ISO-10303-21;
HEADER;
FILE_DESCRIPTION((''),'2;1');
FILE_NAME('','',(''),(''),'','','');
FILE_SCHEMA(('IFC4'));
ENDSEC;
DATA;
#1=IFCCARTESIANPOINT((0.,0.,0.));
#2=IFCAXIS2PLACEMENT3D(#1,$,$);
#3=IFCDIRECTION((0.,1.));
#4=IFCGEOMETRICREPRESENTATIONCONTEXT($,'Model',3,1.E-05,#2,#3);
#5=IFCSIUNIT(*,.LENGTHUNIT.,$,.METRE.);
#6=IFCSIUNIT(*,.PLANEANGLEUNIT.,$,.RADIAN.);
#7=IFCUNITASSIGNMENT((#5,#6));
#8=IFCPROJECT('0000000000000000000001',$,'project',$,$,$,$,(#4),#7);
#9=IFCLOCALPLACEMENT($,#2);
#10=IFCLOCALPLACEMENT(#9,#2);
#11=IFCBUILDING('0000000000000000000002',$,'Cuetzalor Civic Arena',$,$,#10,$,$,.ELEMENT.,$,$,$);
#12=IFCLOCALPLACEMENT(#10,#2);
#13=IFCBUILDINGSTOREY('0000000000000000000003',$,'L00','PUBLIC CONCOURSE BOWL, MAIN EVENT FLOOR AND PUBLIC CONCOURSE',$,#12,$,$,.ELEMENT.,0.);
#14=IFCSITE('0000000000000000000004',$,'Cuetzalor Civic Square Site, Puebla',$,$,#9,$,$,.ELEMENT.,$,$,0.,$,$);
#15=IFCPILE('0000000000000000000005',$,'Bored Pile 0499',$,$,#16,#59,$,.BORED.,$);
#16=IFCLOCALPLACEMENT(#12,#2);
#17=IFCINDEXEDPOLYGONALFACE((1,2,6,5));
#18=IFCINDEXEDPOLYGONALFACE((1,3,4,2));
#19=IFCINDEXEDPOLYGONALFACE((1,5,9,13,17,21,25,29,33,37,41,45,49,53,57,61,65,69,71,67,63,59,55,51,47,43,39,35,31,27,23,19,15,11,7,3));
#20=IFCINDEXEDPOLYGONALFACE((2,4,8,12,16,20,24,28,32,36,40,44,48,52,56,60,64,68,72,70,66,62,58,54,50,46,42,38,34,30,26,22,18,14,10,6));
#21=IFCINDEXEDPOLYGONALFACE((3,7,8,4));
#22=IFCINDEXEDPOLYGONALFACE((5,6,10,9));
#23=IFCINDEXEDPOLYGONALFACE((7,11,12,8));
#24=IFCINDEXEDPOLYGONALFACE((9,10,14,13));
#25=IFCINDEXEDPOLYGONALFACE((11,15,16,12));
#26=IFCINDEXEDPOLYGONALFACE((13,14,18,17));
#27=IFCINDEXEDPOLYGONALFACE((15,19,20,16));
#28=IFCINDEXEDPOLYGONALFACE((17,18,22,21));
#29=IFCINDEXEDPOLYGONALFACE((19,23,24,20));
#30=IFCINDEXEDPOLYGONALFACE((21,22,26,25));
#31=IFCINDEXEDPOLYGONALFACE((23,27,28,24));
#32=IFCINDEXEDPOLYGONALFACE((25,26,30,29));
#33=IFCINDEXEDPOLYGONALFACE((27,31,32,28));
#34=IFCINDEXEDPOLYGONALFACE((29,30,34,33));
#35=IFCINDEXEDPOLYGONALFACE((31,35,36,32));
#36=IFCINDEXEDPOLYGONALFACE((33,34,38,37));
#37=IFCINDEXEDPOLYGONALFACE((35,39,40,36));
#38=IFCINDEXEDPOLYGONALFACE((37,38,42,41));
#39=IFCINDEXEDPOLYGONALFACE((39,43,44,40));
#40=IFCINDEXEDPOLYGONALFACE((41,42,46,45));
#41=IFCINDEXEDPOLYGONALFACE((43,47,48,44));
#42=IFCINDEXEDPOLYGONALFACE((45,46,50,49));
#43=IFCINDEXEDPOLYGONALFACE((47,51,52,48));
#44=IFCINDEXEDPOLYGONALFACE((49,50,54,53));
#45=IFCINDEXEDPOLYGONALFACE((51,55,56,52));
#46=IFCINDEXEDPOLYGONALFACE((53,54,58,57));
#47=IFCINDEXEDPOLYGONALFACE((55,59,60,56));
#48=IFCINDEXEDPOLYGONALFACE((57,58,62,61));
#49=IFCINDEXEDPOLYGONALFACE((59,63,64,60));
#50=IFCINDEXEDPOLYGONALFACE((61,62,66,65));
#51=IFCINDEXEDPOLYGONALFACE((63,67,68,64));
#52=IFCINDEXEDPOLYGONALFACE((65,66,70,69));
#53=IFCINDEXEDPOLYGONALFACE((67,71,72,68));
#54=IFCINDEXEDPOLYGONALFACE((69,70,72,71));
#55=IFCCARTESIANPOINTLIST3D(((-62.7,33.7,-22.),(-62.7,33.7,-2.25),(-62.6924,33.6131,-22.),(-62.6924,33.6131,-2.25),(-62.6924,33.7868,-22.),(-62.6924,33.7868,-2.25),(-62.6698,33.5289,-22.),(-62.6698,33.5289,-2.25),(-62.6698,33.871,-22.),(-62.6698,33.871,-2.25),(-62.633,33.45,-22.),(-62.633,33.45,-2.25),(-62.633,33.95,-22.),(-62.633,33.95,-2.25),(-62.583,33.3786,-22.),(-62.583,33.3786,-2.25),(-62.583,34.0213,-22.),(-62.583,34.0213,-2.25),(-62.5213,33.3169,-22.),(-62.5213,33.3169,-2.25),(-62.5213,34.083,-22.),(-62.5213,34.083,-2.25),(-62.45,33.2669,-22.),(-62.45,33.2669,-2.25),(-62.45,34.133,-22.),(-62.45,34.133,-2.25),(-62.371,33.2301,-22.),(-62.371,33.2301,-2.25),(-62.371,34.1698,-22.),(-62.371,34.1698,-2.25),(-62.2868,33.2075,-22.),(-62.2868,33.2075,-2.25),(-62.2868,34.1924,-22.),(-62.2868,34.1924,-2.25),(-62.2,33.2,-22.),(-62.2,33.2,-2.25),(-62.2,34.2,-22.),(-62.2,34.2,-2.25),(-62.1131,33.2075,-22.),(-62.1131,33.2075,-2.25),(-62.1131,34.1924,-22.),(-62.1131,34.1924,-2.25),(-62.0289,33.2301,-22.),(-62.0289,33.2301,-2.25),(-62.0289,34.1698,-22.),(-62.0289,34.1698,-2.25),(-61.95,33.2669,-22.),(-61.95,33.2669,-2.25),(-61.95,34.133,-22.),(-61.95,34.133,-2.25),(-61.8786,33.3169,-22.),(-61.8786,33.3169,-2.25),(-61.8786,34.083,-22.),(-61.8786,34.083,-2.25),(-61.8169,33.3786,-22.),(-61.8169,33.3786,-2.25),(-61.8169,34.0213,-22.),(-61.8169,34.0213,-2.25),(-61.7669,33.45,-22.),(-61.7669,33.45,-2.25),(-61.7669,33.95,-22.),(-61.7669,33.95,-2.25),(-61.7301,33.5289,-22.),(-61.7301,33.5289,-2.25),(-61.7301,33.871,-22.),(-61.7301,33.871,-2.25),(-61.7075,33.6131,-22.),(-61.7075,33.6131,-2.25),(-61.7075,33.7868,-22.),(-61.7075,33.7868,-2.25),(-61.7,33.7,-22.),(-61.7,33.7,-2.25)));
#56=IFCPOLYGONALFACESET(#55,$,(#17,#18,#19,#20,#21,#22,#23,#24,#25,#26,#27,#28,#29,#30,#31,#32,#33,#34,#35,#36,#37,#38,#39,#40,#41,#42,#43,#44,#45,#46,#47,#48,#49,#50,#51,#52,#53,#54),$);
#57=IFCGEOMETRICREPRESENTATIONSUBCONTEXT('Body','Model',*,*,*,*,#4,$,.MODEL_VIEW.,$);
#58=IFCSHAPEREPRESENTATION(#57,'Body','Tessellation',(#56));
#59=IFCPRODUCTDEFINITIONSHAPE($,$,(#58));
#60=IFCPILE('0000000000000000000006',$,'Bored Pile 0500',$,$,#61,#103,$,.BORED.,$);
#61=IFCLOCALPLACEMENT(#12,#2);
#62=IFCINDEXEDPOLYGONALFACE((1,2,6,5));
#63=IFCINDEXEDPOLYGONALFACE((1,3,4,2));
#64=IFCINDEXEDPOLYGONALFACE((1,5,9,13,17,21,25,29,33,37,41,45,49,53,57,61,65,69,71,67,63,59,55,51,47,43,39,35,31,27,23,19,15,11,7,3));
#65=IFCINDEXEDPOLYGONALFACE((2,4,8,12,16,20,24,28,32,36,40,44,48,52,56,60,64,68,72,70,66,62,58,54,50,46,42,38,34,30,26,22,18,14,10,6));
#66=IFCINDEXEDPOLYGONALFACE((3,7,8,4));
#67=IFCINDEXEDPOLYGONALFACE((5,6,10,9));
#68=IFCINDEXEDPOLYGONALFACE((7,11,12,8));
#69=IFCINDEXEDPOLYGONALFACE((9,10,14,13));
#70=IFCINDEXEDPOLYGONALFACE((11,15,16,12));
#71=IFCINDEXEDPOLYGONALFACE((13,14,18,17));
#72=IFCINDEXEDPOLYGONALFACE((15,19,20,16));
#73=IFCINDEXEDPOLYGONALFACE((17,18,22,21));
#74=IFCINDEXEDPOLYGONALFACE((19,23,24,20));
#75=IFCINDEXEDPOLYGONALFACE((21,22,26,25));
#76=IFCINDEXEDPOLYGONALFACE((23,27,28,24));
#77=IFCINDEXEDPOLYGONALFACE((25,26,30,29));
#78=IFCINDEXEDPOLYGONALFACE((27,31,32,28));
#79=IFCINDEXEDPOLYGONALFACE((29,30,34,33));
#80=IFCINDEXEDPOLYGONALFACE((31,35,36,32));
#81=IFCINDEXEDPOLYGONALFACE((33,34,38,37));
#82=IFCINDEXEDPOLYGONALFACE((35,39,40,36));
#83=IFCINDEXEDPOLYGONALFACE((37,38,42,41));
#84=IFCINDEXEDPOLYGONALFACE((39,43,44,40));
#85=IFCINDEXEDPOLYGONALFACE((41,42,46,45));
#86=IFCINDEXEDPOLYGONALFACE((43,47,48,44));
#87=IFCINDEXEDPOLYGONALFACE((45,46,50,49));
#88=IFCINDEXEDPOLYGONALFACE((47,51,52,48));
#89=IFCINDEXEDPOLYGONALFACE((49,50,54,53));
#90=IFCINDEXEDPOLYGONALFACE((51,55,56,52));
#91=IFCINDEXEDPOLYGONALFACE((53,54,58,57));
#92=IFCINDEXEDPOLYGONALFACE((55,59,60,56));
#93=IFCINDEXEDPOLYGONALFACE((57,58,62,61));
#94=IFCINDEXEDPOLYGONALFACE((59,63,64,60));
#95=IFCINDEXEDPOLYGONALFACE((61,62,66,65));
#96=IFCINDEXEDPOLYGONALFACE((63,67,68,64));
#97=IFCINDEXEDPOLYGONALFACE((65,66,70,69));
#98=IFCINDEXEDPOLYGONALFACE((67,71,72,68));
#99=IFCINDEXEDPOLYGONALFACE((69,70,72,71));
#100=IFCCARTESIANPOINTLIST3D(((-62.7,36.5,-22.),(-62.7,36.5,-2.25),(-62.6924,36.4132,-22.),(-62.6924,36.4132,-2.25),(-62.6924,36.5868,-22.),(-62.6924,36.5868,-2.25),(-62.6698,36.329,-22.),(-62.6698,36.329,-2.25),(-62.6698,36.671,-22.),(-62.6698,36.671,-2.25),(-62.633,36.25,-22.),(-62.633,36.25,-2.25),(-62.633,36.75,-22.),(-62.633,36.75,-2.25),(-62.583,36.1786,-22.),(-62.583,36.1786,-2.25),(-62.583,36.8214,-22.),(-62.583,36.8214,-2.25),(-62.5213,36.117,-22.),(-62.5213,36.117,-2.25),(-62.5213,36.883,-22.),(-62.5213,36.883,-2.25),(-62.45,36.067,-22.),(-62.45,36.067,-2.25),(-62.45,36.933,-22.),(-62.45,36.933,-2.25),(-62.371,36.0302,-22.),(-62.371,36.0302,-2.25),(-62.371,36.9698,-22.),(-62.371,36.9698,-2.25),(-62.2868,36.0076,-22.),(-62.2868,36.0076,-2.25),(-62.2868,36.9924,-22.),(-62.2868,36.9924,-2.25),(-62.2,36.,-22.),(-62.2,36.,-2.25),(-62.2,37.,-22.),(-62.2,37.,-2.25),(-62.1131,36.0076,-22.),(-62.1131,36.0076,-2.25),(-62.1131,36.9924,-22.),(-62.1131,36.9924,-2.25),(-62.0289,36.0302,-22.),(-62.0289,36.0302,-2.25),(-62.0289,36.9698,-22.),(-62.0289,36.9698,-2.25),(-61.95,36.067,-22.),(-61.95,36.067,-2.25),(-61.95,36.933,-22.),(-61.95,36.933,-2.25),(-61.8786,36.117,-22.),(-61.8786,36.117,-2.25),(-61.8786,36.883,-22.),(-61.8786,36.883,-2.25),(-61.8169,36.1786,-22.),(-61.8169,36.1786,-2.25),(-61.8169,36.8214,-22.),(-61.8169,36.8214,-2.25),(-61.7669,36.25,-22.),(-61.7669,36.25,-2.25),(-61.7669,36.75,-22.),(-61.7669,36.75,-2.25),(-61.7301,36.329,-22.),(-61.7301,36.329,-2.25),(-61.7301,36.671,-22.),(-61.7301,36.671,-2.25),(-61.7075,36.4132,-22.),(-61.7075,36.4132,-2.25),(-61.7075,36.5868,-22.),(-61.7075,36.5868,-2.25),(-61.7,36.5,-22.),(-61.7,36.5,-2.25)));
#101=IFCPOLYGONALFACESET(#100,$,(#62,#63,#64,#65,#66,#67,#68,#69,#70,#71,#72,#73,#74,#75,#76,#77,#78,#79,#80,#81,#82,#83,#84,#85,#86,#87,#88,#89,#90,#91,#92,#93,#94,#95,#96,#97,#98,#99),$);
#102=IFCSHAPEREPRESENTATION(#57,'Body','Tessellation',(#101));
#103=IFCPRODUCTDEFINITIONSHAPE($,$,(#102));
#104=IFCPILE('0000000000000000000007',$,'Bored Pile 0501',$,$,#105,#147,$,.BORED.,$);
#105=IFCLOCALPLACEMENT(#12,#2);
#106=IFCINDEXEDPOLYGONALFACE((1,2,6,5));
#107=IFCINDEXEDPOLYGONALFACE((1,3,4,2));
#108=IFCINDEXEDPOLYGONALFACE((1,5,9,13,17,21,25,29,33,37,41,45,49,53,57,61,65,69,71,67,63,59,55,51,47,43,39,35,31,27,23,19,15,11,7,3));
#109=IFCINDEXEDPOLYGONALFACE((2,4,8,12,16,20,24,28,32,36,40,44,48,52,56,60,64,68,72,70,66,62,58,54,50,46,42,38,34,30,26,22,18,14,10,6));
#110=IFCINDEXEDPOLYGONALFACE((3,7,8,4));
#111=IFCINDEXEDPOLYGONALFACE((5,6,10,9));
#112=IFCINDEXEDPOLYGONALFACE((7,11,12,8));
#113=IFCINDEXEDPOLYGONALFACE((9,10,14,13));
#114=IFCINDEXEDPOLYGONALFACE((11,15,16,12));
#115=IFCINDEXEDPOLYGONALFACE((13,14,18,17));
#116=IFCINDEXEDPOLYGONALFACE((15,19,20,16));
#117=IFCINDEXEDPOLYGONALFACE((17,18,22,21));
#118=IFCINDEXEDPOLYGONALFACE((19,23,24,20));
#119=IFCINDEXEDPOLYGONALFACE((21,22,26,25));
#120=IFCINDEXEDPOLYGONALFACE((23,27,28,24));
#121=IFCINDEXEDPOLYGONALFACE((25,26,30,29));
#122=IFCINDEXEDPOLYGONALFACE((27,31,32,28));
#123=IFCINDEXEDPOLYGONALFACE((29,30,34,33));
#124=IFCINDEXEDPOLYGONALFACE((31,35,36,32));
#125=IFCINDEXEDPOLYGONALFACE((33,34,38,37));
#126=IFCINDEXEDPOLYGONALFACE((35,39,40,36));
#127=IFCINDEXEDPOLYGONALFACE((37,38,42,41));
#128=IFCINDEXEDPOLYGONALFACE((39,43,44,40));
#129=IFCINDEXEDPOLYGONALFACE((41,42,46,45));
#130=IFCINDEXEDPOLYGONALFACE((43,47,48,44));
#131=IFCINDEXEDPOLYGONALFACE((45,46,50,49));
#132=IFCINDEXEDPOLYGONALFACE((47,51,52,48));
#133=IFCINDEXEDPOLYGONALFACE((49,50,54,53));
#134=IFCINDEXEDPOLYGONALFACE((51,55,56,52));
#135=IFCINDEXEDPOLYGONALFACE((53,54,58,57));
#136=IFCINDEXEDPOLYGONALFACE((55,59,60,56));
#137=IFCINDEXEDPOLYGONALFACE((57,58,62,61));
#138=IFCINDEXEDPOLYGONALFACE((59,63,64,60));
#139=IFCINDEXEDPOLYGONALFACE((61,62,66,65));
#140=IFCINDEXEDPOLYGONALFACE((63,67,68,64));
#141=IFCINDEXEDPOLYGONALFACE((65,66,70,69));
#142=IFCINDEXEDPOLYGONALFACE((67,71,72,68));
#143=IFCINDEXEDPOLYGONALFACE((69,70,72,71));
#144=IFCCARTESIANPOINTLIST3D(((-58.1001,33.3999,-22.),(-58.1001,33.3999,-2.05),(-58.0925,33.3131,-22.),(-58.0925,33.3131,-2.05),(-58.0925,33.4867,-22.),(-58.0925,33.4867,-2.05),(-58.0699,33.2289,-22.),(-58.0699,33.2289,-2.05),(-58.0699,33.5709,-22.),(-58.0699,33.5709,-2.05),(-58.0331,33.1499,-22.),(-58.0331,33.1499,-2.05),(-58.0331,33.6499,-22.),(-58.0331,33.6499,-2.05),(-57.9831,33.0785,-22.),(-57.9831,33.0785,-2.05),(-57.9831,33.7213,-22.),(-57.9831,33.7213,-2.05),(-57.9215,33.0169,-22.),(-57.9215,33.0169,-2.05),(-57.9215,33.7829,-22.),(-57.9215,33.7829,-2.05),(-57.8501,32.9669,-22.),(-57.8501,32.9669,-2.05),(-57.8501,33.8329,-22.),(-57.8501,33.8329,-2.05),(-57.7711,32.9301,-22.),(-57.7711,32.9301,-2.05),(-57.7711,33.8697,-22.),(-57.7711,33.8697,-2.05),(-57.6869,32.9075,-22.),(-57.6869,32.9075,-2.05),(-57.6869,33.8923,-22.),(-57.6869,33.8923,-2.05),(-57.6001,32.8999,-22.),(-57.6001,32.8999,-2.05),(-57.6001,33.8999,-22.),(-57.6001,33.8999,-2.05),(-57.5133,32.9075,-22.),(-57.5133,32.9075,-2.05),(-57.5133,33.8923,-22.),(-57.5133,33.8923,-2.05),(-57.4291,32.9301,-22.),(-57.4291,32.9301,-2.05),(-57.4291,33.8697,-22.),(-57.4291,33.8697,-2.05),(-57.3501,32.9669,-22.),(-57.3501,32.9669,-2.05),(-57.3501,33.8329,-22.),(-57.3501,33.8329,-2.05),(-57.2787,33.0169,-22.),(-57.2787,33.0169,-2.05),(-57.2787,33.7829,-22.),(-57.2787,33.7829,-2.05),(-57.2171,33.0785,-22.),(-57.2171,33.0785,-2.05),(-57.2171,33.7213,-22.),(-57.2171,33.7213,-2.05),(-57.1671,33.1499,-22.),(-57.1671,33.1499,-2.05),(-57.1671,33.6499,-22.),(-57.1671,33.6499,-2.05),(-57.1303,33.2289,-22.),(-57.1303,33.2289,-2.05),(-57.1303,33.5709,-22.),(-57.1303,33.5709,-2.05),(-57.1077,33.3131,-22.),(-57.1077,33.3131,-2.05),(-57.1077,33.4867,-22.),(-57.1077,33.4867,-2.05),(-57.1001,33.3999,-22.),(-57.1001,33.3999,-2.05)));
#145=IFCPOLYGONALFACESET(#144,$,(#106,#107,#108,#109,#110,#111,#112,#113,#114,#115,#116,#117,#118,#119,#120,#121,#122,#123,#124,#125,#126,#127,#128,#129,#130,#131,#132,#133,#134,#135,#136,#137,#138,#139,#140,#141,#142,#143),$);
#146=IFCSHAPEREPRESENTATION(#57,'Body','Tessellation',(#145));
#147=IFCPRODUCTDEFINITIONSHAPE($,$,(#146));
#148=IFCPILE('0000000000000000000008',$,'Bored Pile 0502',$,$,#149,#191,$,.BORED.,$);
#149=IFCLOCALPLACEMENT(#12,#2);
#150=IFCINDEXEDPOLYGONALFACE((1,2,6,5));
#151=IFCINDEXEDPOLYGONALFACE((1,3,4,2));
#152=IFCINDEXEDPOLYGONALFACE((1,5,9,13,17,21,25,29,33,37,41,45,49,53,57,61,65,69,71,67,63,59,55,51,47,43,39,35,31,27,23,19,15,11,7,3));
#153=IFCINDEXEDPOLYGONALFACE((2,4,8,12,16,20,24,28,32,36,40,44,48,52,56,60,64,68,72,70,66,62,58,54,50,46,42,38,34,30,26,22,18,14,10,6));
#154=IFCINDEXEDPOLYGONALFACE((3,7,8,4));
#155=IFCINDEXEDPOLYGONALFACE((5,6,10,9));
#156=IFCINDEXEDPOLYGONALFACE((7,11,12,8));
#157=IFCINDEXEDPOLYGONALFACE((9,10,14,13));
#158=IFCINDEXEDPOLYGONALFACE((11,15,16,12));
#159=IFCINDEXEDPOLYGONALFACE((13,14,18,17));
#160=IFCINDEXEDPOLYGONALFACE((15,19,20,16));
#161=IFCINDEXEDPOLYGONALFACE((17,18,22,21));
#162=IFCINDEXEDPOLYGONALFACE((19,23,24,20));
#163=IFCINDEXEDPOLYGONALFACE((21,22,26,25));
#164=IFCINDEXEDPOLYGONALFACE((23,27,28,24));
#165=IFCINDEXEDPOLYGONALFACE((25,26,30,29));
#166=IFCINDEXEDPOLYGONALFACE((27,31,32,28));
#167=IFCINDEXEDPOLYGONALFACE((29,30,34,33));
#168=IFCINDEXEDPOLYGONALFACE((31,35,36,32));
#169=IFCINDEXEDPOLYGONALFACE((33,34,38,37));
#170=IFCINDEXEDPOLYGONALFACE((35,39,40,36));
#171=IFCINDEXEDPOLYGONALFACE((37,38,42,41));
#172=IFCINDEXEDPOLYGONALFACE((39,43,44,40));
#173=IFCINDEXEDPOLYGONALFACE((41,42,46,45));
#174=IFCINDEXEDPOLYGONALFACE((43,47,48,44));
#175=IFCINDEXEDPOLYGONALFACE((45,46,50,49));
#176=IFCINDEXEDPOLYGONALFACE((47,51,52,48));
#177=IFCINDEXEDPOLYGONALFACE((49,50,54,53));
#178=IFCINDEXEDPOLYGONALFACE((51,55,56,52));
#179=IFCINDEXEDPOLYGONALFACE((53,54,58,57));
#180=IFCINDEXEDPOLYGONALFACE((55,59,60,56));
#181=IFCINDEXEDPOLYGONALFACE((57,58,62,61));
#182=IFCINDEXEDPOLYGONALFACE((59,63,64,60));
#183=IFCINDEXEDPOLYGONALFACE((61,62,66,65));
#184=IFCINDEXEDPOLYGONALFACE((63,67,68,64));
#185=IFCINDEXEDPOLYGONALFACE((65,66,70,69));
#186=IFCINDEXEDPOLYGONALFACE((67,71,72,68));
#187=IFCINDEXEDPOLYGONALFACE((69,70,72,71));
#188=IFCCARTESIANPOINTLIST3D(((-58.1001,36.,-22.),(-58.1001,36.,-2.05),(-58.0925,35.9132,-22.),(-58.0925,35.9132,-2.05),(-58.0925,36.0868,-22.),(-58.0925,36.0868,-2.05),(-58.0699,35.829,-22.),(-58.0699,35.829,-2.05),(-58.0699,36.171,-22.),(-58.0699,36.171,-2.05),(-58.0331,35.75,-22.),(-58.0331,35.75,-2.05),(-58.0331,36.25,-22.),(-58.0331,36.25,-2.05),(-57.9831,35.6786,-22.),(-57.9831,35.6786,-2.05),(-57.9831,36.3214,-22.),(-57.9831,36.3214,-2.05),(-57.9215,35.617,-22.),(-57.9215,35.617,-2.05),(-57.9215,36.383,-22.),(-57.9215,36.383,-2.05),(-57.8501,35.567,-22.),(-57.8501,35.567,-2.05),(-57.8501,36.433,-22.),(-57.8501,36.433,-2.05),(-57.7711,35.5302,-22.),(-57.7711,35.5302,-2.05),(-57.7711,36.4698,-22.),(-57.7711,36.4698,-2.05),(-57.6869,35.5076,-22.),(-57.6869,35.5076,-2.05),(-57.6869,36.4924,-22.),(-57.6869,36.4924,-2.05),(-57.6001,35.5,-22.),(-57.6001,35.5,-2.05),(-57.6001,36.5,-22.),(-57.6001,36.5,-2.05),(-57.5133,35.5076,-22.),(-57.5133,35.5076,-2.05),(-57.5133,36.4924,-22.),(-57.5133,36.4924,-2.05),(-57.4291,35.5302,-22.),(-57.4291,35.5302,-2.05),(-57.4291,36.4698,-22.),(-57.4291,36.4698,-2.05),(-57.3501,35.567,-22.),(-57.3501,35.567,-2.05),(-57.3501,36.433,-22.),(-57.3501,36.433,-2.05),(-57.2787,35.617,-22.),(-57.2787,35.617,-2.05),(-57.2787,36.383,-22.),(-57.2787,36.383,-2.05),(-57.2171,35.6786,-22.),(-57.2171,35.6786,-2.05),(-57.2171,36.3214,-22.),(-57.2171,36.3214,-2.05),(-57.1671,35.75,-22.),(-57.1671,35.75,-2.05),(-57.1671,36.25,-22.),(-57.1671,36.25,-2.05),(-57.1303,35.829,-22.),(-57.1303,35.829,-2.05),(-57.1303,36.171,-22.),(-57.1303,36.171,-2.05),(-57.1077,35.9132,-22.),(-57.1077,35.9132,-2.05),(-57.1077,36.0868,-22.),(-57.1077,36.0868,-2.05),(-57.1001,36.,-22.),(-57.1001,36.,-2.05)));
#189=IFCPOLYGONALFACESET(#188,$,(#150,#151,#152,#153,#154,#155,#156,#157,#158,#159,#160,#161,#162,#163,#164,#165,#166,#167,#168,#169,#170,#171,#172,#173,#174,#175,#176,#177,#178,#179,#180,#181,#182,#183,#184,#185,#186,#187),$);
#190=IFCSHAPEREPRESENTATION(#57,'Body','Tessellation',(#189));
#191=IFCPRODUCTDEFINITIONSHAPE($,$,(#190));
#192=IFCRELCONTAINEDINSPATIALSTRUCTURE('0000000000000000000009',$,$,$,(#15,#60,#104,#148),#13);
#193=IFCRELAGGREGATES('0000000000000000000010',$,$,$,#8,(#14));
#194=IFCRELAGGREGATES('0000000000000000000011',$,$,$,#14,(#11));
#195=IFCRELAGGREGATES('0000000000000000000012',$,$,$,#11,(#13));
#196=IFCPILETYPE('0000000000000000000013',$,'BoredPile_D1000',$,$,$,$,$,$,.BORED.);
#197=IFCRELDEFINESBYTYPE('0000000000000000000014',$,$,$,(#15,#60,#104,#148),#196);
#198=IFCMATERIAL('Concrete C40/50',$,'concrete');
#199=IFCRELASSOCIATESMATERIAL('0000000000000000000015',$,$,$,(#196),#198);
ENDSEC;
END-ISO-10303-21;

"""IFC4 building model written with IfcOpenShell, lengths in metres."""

from ifc_helpers import new_model, si_unit, direction, frame, origin, origin_2d, place, context, subcontext, project, spatial, circle, extrude, material, material_profile, profile_set, type_object, element, save


model = new_model("IFC4")

# Units and contexts
model_context = context("Model", 3, precision=1e-05, world=origin(), true_north=direction((0.0, 1.0)))
body_context = subcontext(model_context, "Body", "Model", "MODEL_VIEW")
ifc_project = project(units=[si_unit("LENGTHUNIT", "METRE"), si_unit("PLANEANGLEUNIT", "RADIAN")], contexts=[model_context])

# Site, building, storey
site_placement = place(None, origin())
site = spatial("IfcSite", under=ifc_project, at=site_placement, Name="Cuetzalor Civic Square Site, Puebla", CompositionType="ELEMENT", RefElevation=0.0)
building_placement = place(site_placement, origin())
building = spatial("IfcBuilding", under=site, at=building_placement, Name="Cuetzalor Civic Arena", CompositionType="ELEMENT")
storey_placement = place(building_placement, origin())
storey = spatial("IfcBuildingStorey", under=building, at=storey_placement, Name="L00", Description="PUBLIC CONCOURSE BOWL, MAIN EVENT FLOOR AND PUBLIC CONCOURSE", CompositionType="ELEMENT", Elevation=0.0)

# Piles
ifc_material_1 = material(Name="Concrete C40/50", Category="concrete")
ifc_material_profile_1 = material_profile(ifc_material_1, circle(Radius=0.5, at=origin_2d()), Name="BORED PILE D1000")
ifc_profile_set_1 = profile_set([ifc_material_profile_1], Name="Concrete C40/50")
pile_type = type_object("IfcPileType", Name="BoredPile_D1000", PredefinedType="BORED", material=ifc_profile_set_1)
for number, where, z_axis, x_axis, name in (
    (1, (-62.2, 33.7, -2.25), (0.0, 0.0, -1.0), (1.0, 0.0, 0.0), "Bored Pile 0499"),
    (2, (-62.2, 36.5, -2.25), (0.0, 0.0, -1.0), (1.0, 0.0, 0.0), "Bored Pile 0500"),
):
    element("IfcPile", number, at=place(storey_placement, frame(where, z_axis=z_axis, x_axis=x_axis)), inside=storey, type_object=pile_type, Name=name, PredefinedType="BORED", context=body_context, shape_type="SweptSolid", body=[
        extrude(circle(Radius=0.5, at=origin_2d()), origin(), (0.0, 0.0, 1.0), 19.75),
    ])
for number, where, z_axis, x_axis, name in (
    (3, (-57.6001, 33.3999, -2.05), (0.0, 0.0, -1.0), (1.0, 0.0, 0.0), "Bored Pile 0501"),
    (4, (-57.6001, 36.0, -2.05), (0.0, 0.0, -1.0), (1.0, 0.0, 0.0), "Bored Pile 0502"),
):
    element("IfcPile", number, at=place(storey_placement, frame(where, z_axis=z_axis, x_axis=x_axis)), inside=storey, type_object=pile_type, Name=name, PredefinedType="BORED", context=body_context, shape_type="SweptSolid", body=[
        extrude(circle(Radius=0.5, at=origin_2d()), origin(), (0.0, 0.0, 1.0), 19.95),
    ])

save(model, "model.ifc")
